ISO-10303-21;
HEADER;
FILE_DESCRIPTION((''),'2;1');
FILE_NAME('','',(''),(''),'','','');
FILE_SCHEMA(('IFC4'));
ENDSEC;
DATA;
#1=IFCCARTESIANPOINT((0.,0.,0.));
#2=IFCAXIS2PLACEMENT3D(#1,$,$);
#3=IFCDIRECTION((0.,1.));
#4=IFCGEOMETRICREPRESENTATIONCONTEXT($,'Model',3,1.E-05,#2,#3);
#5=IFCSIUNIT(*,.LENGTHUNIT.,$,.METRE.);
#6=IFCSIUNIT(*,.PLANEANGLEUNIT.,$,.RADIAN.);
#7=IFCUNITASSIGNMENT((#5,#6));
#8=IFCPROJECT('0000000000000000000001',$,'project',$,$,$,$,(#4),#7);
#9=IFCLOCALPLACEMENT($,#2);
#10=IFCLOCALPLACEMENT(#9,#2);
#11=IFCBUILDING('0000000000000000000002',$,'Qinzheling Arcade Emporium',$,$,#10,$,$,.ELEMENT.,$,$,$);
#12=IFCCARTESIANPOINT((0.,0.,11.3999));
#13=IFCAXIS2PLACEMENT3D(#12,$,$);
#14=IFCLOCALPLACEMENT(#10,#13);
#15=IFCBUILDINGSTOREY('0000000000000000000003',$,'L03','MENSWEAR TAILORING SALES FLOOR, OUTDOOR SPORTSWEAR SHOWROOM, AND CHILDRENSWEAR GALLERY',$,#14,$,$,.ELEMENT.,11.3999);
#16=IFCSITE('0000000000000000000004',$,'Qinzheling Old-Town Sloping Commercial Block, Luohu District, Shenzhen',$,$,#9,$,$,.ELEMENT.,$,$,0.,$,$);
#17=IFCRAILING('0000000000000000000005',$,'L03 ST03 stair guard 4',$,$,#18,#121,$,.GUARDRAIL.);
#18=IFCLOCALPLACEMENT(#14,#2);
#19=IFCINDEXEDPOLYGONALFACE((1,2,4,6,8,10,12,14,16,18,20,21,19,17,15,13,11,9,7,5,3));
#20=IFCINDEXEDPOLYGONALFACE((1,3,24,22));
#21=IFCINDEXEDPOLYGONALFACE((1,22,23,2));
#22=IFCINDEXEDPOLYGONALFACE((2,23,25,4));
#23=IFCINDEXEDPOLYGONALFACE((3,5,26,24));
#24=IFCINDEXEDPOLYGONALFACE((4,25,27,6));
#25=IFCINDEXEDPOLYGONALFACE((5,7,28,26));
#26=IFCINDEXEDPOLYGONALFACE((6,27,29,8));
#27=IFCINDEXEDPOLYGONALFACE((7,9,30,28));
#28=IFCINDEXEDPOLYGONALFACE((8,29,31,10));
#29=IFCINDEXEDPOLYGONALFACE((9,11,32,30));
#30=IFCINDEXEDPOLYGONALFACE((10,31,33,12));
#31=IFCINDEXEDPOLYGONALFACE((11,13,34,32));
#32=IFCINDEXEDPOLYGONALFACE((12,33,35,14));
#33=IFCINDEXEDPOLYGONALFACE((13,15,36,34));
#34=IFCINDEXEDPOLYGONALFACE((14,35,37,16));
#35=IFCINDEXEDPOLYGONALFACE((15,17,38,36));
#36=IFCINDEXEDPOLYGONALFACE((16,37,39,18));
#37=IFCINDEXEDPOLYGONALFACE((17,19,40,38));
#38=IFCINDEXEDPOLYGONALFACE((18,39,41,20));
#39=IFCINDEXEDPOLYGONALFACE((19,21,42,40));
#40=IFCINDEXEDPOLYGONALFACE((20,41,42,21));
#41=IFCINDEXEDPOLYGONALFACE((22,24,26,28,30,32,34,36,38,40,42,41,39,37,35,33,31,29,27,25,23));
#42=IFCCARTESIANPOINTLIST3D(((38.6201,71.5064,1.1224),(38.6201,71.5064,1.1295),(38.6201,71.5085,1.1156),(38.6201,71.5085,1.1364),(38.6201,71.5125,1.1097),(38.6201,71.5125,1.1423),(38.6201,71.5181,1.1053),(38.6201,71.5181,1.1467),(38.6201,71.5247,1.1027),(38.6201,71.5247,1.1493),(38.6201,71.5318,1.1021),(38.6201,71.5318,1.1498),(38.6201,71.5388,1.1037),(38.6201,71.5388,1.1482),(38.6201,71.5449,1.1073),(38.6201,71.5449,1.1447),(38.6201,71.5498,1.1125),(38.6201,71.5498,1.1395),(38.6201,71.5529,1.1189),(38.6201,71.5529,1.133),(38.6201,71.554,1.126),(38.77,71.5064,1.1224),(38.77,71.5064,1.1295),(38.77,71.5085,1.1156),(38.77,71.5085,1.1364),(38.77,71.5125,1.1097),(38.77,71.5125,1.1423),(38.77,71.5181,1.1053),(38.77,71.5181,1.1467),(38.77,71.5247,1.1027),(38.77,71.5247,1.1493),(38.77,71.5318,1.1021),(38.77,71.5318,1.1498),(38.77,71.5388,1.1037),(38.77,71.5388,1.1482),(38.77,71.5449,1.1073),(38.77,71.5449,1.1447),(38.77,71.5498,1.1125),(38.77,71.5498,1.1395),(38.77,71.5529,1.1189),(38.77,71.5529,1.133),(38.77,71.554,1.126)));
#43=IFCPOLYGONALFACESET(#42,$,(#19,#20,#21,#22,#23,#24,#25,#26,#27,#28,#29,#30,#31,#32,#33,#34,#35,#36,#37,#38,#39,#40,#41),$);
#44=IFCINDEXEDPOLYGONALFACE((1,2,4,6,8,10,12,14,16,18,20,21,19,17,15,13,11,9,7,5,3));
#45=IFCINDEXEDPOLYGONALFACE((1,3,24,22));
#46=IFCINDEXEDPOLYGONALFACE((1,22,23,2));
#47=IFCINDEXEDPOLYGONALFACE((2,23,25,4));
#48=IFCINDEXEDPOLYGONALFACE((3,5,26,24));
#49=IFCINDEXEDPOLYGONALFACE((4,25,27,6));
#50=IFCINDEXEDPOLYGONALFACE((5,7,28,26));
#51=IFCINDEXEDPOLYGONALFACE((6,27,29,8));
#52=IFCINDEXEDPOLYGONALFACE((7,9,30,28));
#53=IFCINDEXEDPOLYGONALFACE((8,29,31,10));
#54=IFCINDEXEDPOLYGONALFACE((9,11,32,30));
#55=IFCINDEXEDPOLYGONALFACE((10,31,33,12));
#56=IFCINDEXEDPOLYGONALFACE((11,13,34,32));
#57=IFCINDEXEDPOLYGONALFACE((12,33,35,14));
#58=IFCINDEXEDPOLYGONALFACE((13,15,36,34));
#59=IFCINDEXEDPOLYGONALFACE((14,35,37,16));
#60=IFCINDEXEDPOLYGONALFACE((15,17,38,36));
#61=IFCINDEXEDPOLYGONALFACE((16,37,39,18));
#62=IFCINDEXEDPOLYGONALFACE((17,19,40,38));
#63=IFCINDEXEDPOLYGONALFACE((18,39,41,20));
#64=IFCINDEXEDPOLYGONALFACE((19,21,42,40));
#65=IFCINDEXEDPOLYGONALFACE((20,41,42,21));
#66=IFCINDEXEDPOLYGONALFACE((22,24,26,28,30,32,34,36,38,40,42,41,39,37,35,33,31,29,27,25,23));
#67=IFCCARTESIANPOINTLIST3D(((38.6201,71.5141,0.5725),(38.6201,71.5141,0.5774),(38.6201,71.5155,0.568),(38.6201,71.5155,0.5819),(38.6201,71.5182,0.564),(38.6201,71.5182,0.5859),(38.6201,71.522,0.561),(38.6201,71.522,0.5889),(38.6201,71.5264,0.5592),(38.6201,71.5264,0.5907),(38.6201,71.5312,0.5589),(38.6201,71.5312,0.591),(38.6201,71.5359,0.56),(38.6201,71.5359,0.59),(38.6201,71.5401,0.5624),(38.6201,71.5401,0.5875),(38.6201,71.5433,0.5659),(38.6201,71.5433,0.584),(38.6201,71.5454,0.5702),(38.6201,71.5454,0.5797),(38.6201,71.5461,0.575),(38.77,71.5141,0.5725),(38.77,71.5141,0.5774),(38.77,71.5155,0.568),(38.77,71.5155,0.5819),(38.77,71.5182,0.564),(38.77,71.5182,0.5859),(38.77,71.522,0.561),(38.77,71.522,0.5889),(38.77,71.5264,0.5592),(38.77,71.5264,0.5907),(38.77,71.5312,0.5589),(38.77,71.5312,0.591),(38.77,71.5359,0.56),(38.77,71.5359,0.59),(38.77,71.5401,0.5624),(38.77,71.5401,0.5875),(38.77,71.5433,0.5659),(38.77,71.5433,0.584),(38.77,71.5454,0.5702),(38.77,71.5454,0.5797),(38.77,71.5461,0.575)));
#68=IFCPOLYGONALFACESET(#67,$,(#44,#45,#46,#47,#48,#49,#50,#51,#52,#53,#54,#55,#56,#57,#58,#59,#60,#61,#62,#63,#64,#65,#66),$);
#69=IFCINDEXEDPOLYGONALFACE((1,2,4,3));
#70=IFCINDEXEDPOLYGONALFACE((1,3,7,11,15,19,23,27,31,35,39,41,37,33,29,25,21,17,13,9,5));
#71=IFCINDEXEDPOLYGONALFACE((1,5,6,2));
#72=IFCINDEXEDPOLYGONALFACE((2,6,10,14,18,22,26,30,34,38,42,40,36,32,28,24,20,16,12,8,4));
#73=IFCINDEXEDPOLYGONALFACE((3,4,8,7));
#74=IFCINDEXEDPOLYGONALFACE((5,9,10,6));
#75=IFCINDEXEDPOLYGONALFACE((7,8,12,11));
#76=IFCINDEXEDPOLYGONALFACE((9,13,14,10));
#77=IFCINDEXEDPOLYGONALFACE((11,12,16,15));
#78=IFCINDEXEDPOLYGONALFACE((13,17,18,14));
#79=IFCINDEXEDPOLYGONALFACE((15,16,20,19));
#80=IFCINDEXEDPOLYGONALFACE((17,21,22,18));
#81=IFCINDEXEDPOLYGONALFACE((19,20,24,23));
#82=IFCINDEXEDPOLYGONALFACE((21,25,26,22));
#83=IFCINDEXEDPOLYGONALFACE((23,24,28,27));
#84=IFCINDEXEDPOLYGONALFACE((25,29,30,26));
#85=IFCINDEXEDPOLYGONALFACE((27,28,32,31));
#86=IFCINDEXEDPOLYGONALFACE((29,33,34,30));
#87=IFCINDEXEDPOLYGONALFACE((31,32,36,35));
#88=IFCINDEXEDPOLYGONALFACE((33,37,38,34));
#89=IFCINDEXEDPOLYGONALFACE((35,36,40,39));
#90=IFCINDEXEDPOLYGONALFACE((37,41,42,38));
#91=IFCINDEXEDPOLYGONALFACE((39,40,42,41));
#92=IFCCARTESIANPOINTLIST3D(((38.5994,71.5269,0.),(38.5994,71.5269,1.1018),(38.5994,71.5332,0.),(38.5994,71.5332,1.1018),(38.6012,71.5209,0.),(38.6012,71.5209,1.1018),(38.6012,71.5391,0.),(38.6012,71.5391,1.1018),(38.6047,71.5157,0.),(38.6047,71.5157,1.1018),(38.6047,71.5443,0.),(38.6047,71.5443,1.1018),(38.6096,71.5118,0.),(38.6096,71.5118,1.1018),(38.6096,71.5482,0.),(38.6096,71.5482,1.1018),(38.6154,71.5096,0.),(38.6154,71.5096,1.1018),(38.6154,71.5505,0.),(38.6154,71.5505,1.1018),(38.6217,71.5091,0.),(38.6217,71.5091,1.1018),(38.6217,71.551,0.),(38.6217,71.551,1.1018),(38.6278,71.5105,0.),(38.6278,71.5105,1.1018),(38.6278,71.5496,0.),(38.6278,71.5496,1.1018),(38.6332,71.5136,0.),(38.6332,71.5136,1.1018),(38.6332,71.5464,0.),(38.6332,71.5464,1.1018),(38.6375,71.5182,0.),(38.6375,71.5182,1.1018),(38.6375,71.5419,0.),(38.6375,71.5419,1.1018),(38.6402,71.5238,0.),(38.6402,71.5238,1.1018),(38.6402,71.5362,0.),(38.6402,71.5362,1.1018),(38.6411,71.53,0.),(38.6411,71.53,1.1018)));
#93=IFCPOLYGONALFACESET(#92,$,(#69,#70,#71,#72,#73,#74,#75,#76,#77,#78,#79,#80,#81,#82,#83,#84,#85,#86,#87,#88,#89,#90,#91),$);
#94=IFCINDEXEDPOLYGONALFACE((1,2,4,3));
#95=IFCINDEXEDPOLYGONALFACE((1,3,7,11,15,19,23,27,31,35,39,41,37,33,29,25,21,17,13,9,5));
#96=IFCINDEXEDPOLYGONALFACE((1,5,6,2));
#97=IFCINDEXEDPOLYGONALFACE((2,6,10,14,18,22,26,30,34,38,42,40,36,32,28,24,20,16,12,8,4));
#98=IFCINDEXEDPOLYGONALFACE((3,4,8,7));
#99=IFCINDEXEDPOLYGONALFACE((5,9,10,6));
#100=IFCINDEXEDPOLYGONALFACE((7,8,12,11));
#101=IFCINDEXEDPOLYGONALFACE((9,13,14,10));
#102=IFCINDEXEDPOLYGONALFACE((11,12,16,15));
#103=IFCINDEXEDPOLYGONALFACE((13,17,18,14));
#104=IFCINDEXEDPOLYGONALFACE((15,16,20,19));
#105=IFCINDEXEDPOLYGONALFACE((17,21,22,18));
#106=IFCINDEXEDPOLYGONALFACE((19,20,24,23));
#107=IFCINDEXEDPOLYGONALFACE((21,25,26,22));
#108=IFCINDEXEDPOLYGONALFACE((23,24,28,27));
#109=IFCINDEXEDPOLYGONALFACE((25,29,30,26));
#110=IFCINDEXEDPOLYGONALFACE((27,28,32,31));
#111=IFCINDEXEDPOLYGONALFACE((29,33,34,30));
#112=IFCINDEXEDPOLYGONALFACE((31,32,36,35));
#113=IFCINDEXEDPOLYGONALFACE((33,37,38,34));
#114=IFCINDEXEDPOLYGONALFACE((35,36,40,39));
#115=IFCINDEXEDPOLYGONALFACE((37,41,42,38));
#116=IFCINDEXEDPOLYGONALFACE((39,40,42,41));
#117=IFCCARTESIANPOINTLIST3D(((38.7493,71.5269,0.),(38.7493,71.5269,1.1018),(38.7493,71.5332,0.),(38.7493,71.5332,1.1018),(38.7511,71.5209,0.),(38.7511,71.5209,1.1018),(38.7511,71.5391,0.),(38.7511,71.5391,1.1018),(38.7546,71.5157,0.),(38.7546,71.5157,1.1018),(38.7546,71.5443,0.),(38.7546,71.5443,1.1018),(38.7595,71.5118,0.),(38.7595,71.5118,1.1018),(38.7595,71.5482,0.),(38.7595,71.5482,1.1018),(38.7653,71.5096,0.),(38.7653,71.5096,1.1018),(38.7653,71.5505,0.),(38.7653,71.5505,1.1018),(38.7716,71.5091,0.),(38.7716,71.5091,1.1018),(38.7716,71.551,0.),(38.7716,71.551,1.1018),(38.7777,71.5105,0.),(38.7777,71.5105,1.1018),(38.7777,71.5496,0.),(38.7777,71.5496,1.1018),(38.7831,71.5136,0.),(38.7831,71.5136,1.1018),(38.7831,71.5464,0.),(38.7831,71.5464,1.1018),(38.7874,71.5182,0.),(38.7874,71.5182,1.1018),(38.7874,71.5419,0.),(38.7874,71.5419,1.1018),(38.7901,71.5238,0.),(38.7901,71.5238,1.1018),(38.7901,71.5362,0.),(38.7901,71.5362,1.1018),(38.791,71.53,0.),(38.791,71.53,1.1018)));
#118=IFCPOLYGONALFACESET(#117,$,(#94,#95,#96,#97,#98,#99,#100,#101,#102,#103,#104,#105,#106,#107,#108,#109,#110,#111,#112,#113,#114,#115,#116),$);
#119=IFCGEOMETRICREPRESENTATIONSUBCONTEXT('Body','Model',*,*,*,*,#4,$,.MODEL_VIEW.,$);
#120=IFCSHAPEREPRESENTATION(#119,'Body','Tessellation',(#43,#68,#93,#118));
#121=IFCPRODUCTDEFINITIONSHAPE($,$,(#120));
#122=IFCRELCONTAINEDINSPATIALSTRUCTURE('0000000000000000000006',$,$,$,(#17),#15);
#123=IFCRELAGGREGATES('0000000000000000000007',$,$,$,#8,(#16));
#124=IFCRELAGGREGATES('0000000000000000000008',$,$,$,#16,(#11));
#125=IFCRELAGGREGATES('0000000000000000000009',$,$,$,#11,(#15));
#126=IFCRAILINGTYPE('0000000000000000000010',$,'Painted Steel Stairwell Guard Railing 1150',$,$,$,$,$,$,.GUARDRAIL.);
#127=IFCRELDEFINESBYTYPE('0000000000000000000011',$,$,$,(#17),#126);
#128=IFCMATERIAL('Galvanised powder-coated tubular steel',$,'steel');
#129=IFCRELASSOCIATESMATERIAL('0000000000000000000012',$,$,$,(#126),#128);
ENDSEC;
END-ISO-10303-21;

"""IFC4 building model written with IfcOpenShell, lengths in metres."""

from ifc_helpers import new_model, si_unit, direction, frame, origin, origin_2d, place, context, subcontext, project, spatial, circle, extrude, material, type_object, element, save


model = new_model("IFC4")

# Units and contexts
model_context = context("Model", 3, precision=1e-05, world=origin(), true_north=direction((0.0, 1.0)))
body_context = subcontext(model_context, "Body", "Model", "MODEL_VIEW")
ifc_project = project(units=[si_unit("LENGTHUNIT", "METRE"), si_unit("PLANEANGLEUNIT", "RADIAN")], contexts=[model_context])

# Site, building, storey
site_placement = place(None, origin())
site = spatial("IfcSite", under=ifc_project, at=site_placement, Name="Qinzheling Old-Town Sloping Commercial Block, Luohu District, Shenzhen", CompositionType="ELEMENT", RefElevation=0.0)
building_placement = place(site_placement, origin())
building = spatial("IfcBuilding", under=site, at=building_placement, Name="Qinzheling Arcade Emporium", CompositionType="ELEMENT")
storey_placement = place(building_placement, frame((0.0, 0.0, 11.3999)))
storey = spatial("IfcBuildingStorey", under=building, at=storey_placement, Name="L03", Description="MENSWEAR TAILORING SALES FLOOR, OUTDOOR SPORTSWEAR SHOWROOM, AND CHILDRENSWEAR GALLERY", CompositionType="ELEMENT", Elevation=11.3999)

# Railing
ifc_material_1 = material(Name="Galvanised powder-coated tubular steel", Category="steel")
railing_type_1 = type_object("IfcRailingType", Name="Painted Steel Stairwell Guard Railing 1150", PredefinedType="GUARDRAIL", material=ifc_material_1)
railing_1_placement = place(storey_placement, frame((38.6201, 71.53, 0.0)))
element("IfcRailing", 1, at=railing_1_placement, inside=storey, type_object=railing_type_1, Name="L03 ST03 stair guard 4", PredefinedType="GUARDRAIL", context=body_context, shape_type="SweptSolid", body=[
    extrude(circle(Radius=0.0239, at=origin_2d()), frame((0.0, 0.0, 1.126), z_axis=(1.0, 0.0, 0.0), x_axis=(0.0, 1.0, 0.0)), (0.0, 0.0, 1.0), 0.1499),
    extrude(circle(Radius=0.0161, at=origin_2d()), frame((0.0, 0.0, 0.575), z_axis=(1.0, 0.0, 0.0), x_axis=(0.0, 1.0, 0.0)), (0.0, 0.0, 1.0), 0.1499),
    extrude(circle(Radius=0.021, at=origin_2d()), origin(), (0.0, 0.0, 1.0), 1.1018),
    extrude(circle(Radius=0.021, at=origin_2d()), frame((0.1499, 0.0, 0.0)), (0.0, 0.0, 1.0), 1.1018),
])

save(model, "model.ifc")
